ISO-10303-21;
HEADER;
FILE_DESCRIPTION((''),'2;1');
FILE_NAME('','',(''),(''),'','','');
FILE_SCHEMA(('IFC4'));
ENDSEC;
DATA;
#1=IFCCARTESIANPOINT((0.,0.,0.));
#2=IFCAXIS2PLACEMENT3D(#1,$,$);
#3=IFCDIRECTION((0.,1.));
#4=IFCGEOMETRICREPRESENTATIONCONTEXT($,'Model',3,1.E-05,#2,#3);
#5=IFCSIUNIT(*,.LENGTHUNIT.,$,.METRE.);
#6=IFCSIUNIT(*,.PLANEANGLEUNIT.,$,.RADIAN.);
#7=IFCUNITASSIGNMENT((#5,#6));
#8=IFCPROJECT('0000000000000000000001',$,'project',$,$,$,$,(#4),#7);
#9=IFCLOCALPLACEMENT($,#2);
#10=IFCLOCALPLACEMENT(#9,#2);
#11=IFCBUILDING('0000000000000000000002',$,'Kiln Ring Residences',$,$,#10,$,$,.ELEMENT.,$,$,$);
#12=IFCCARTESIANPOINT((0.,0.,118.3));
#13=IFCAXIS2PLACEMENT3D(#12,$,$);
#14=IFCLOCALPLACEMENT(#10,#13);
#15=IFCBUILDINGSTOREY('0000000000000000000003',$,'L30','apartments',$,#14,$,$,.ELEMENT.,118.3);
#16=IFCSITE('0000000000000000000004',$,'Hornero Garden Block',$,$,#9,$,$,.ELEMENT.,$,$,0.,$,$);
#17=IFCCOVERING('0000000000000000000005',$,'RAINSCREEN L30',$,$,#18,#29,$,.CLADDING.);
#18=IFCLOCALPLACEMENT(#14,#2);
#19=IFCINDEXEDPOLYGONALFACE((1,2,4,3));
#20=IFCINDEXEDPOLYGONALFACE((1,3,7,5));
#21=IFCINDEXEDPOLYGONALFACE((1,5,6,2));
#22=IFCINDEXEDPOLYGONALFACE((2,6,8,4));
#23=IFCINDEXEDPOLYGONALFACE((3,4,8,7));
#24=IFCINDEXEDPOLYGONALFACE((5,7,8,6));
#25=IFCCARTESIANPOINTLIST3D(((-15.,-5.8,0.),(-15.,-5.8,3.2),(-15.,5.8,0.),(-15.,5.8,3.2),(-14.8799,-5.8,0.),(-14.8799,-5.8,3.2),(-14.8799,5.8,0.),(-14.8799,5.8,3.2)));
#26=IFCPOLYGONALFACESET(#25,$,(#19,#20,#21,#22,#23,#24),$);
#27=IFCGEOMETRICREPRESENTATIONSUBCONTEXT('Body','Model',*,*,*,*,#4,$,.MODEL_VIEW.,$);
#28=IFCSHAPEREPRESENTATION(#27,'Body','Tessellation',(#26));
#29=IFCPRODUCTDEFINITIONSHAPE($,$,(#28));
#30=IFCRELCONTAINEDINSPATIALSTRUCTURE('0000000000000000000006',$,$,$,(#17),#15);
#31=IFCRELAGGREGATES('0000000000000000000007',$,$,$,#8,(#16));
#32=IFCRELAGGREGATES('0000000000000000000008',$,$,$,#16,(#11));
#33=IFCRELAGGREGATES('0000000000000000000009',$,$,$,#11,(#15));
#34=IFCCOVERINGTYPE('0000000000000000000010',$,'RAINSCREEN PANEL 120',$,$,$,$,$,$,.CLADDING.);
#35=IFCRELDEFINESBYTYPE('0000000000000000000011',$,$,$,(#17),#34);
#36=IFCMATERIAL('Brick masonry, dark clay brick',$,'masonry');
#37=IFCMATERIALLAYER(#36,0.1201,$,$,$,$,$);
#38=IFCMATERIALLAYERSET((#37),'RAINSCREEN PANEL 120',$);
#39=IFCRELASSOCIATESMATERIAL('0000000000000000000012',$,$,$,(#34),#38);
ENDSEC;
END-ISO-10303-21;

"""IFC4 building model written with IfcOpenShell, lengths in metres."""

from ifc_helpers import new_model, si_unit, direction, frame, origin, place, context, subcontext, project, spatial, polyline, outline, extrude, material, layer, layer_set, type_object, element, save


model = new_model("IFC4")

# Units and contexts
model_context = context("Model", 3, precision=1e-05, world=origin(), true_north=direction((0.0, 1.0)))
body_context = subcontext(model_context, "Body", "Model", "MODEL_VIEW")
ifc_project = project(units=[si_unit("LENGTHUNIT", "METRE"), si_unit("PLANEANGLEUNIT", "RADIAN")], contexts=[model_context])

# Site, building, storey
site_placement = place(None, origin())
site = spatial("IfcSite", under=ifc_project, at=site_placement, Name="Hornero Garden Block", CompositionType="ELEMENT", RefElevation=0.0)
building_placement = place(site_placement, origin())
building = spatial("IfcBuilding", under=site, at=building_placement, Name="Kiln Ring Residences", CompositionType="ELEMENT")
storey_placement = place(building_placement, frame((0.0, 0.0, 118.3)))
storey = spatial("IfcBuildingStorey", under=building, at=storey_placement, Name="L30", Description="apartments", CompositionType="ELEMENT", Elevation=118.3)

# Covering
ifc_material_1 = material(Name="Brick masonry, dark clay brick", Category="masonry")
ifc_layer_1 = layer(ifc_material_1, 0.1201)
ifc_layer_set_1 = layer_set([ifc_layer_1], Name="RAINSCREEN PANEL 120")
covering_type = type_object("IfcCoveringType", Name="RAINSCREEN PANEL 120", PredefinedType="CLADDING", material=ifc_layer_set_1)
covering_placement = place(storey_placement, frame((-14.9399, -5.8, 0.0), z_axis=(0.0, 0.0, 1.0), x_axis=(0.0, 1.0, 0.0)))
element("IfcCovering", 1, at=covering_placement, inside=storey, type_object=covering_type, Name="RAINSCREEN L30", PredefinedType="CLADDING", context=body_context, shape_type="SweptSolid", body=[
    extrude(outline(polyline([(0.0, 0.0), (11.6001, 0.0), (11.6001, 3.2), (0.0, 3.2), (0.0, 0.0)])), frame((0.0, 0.0601, 0.0), z_axis=(0.0, -1.0, 0.0), x_axis=(1.0, 0.0, 0.0)), (0.0, 0.0, 1.0), 0.1201),
])

save(model, "model.ifc")
